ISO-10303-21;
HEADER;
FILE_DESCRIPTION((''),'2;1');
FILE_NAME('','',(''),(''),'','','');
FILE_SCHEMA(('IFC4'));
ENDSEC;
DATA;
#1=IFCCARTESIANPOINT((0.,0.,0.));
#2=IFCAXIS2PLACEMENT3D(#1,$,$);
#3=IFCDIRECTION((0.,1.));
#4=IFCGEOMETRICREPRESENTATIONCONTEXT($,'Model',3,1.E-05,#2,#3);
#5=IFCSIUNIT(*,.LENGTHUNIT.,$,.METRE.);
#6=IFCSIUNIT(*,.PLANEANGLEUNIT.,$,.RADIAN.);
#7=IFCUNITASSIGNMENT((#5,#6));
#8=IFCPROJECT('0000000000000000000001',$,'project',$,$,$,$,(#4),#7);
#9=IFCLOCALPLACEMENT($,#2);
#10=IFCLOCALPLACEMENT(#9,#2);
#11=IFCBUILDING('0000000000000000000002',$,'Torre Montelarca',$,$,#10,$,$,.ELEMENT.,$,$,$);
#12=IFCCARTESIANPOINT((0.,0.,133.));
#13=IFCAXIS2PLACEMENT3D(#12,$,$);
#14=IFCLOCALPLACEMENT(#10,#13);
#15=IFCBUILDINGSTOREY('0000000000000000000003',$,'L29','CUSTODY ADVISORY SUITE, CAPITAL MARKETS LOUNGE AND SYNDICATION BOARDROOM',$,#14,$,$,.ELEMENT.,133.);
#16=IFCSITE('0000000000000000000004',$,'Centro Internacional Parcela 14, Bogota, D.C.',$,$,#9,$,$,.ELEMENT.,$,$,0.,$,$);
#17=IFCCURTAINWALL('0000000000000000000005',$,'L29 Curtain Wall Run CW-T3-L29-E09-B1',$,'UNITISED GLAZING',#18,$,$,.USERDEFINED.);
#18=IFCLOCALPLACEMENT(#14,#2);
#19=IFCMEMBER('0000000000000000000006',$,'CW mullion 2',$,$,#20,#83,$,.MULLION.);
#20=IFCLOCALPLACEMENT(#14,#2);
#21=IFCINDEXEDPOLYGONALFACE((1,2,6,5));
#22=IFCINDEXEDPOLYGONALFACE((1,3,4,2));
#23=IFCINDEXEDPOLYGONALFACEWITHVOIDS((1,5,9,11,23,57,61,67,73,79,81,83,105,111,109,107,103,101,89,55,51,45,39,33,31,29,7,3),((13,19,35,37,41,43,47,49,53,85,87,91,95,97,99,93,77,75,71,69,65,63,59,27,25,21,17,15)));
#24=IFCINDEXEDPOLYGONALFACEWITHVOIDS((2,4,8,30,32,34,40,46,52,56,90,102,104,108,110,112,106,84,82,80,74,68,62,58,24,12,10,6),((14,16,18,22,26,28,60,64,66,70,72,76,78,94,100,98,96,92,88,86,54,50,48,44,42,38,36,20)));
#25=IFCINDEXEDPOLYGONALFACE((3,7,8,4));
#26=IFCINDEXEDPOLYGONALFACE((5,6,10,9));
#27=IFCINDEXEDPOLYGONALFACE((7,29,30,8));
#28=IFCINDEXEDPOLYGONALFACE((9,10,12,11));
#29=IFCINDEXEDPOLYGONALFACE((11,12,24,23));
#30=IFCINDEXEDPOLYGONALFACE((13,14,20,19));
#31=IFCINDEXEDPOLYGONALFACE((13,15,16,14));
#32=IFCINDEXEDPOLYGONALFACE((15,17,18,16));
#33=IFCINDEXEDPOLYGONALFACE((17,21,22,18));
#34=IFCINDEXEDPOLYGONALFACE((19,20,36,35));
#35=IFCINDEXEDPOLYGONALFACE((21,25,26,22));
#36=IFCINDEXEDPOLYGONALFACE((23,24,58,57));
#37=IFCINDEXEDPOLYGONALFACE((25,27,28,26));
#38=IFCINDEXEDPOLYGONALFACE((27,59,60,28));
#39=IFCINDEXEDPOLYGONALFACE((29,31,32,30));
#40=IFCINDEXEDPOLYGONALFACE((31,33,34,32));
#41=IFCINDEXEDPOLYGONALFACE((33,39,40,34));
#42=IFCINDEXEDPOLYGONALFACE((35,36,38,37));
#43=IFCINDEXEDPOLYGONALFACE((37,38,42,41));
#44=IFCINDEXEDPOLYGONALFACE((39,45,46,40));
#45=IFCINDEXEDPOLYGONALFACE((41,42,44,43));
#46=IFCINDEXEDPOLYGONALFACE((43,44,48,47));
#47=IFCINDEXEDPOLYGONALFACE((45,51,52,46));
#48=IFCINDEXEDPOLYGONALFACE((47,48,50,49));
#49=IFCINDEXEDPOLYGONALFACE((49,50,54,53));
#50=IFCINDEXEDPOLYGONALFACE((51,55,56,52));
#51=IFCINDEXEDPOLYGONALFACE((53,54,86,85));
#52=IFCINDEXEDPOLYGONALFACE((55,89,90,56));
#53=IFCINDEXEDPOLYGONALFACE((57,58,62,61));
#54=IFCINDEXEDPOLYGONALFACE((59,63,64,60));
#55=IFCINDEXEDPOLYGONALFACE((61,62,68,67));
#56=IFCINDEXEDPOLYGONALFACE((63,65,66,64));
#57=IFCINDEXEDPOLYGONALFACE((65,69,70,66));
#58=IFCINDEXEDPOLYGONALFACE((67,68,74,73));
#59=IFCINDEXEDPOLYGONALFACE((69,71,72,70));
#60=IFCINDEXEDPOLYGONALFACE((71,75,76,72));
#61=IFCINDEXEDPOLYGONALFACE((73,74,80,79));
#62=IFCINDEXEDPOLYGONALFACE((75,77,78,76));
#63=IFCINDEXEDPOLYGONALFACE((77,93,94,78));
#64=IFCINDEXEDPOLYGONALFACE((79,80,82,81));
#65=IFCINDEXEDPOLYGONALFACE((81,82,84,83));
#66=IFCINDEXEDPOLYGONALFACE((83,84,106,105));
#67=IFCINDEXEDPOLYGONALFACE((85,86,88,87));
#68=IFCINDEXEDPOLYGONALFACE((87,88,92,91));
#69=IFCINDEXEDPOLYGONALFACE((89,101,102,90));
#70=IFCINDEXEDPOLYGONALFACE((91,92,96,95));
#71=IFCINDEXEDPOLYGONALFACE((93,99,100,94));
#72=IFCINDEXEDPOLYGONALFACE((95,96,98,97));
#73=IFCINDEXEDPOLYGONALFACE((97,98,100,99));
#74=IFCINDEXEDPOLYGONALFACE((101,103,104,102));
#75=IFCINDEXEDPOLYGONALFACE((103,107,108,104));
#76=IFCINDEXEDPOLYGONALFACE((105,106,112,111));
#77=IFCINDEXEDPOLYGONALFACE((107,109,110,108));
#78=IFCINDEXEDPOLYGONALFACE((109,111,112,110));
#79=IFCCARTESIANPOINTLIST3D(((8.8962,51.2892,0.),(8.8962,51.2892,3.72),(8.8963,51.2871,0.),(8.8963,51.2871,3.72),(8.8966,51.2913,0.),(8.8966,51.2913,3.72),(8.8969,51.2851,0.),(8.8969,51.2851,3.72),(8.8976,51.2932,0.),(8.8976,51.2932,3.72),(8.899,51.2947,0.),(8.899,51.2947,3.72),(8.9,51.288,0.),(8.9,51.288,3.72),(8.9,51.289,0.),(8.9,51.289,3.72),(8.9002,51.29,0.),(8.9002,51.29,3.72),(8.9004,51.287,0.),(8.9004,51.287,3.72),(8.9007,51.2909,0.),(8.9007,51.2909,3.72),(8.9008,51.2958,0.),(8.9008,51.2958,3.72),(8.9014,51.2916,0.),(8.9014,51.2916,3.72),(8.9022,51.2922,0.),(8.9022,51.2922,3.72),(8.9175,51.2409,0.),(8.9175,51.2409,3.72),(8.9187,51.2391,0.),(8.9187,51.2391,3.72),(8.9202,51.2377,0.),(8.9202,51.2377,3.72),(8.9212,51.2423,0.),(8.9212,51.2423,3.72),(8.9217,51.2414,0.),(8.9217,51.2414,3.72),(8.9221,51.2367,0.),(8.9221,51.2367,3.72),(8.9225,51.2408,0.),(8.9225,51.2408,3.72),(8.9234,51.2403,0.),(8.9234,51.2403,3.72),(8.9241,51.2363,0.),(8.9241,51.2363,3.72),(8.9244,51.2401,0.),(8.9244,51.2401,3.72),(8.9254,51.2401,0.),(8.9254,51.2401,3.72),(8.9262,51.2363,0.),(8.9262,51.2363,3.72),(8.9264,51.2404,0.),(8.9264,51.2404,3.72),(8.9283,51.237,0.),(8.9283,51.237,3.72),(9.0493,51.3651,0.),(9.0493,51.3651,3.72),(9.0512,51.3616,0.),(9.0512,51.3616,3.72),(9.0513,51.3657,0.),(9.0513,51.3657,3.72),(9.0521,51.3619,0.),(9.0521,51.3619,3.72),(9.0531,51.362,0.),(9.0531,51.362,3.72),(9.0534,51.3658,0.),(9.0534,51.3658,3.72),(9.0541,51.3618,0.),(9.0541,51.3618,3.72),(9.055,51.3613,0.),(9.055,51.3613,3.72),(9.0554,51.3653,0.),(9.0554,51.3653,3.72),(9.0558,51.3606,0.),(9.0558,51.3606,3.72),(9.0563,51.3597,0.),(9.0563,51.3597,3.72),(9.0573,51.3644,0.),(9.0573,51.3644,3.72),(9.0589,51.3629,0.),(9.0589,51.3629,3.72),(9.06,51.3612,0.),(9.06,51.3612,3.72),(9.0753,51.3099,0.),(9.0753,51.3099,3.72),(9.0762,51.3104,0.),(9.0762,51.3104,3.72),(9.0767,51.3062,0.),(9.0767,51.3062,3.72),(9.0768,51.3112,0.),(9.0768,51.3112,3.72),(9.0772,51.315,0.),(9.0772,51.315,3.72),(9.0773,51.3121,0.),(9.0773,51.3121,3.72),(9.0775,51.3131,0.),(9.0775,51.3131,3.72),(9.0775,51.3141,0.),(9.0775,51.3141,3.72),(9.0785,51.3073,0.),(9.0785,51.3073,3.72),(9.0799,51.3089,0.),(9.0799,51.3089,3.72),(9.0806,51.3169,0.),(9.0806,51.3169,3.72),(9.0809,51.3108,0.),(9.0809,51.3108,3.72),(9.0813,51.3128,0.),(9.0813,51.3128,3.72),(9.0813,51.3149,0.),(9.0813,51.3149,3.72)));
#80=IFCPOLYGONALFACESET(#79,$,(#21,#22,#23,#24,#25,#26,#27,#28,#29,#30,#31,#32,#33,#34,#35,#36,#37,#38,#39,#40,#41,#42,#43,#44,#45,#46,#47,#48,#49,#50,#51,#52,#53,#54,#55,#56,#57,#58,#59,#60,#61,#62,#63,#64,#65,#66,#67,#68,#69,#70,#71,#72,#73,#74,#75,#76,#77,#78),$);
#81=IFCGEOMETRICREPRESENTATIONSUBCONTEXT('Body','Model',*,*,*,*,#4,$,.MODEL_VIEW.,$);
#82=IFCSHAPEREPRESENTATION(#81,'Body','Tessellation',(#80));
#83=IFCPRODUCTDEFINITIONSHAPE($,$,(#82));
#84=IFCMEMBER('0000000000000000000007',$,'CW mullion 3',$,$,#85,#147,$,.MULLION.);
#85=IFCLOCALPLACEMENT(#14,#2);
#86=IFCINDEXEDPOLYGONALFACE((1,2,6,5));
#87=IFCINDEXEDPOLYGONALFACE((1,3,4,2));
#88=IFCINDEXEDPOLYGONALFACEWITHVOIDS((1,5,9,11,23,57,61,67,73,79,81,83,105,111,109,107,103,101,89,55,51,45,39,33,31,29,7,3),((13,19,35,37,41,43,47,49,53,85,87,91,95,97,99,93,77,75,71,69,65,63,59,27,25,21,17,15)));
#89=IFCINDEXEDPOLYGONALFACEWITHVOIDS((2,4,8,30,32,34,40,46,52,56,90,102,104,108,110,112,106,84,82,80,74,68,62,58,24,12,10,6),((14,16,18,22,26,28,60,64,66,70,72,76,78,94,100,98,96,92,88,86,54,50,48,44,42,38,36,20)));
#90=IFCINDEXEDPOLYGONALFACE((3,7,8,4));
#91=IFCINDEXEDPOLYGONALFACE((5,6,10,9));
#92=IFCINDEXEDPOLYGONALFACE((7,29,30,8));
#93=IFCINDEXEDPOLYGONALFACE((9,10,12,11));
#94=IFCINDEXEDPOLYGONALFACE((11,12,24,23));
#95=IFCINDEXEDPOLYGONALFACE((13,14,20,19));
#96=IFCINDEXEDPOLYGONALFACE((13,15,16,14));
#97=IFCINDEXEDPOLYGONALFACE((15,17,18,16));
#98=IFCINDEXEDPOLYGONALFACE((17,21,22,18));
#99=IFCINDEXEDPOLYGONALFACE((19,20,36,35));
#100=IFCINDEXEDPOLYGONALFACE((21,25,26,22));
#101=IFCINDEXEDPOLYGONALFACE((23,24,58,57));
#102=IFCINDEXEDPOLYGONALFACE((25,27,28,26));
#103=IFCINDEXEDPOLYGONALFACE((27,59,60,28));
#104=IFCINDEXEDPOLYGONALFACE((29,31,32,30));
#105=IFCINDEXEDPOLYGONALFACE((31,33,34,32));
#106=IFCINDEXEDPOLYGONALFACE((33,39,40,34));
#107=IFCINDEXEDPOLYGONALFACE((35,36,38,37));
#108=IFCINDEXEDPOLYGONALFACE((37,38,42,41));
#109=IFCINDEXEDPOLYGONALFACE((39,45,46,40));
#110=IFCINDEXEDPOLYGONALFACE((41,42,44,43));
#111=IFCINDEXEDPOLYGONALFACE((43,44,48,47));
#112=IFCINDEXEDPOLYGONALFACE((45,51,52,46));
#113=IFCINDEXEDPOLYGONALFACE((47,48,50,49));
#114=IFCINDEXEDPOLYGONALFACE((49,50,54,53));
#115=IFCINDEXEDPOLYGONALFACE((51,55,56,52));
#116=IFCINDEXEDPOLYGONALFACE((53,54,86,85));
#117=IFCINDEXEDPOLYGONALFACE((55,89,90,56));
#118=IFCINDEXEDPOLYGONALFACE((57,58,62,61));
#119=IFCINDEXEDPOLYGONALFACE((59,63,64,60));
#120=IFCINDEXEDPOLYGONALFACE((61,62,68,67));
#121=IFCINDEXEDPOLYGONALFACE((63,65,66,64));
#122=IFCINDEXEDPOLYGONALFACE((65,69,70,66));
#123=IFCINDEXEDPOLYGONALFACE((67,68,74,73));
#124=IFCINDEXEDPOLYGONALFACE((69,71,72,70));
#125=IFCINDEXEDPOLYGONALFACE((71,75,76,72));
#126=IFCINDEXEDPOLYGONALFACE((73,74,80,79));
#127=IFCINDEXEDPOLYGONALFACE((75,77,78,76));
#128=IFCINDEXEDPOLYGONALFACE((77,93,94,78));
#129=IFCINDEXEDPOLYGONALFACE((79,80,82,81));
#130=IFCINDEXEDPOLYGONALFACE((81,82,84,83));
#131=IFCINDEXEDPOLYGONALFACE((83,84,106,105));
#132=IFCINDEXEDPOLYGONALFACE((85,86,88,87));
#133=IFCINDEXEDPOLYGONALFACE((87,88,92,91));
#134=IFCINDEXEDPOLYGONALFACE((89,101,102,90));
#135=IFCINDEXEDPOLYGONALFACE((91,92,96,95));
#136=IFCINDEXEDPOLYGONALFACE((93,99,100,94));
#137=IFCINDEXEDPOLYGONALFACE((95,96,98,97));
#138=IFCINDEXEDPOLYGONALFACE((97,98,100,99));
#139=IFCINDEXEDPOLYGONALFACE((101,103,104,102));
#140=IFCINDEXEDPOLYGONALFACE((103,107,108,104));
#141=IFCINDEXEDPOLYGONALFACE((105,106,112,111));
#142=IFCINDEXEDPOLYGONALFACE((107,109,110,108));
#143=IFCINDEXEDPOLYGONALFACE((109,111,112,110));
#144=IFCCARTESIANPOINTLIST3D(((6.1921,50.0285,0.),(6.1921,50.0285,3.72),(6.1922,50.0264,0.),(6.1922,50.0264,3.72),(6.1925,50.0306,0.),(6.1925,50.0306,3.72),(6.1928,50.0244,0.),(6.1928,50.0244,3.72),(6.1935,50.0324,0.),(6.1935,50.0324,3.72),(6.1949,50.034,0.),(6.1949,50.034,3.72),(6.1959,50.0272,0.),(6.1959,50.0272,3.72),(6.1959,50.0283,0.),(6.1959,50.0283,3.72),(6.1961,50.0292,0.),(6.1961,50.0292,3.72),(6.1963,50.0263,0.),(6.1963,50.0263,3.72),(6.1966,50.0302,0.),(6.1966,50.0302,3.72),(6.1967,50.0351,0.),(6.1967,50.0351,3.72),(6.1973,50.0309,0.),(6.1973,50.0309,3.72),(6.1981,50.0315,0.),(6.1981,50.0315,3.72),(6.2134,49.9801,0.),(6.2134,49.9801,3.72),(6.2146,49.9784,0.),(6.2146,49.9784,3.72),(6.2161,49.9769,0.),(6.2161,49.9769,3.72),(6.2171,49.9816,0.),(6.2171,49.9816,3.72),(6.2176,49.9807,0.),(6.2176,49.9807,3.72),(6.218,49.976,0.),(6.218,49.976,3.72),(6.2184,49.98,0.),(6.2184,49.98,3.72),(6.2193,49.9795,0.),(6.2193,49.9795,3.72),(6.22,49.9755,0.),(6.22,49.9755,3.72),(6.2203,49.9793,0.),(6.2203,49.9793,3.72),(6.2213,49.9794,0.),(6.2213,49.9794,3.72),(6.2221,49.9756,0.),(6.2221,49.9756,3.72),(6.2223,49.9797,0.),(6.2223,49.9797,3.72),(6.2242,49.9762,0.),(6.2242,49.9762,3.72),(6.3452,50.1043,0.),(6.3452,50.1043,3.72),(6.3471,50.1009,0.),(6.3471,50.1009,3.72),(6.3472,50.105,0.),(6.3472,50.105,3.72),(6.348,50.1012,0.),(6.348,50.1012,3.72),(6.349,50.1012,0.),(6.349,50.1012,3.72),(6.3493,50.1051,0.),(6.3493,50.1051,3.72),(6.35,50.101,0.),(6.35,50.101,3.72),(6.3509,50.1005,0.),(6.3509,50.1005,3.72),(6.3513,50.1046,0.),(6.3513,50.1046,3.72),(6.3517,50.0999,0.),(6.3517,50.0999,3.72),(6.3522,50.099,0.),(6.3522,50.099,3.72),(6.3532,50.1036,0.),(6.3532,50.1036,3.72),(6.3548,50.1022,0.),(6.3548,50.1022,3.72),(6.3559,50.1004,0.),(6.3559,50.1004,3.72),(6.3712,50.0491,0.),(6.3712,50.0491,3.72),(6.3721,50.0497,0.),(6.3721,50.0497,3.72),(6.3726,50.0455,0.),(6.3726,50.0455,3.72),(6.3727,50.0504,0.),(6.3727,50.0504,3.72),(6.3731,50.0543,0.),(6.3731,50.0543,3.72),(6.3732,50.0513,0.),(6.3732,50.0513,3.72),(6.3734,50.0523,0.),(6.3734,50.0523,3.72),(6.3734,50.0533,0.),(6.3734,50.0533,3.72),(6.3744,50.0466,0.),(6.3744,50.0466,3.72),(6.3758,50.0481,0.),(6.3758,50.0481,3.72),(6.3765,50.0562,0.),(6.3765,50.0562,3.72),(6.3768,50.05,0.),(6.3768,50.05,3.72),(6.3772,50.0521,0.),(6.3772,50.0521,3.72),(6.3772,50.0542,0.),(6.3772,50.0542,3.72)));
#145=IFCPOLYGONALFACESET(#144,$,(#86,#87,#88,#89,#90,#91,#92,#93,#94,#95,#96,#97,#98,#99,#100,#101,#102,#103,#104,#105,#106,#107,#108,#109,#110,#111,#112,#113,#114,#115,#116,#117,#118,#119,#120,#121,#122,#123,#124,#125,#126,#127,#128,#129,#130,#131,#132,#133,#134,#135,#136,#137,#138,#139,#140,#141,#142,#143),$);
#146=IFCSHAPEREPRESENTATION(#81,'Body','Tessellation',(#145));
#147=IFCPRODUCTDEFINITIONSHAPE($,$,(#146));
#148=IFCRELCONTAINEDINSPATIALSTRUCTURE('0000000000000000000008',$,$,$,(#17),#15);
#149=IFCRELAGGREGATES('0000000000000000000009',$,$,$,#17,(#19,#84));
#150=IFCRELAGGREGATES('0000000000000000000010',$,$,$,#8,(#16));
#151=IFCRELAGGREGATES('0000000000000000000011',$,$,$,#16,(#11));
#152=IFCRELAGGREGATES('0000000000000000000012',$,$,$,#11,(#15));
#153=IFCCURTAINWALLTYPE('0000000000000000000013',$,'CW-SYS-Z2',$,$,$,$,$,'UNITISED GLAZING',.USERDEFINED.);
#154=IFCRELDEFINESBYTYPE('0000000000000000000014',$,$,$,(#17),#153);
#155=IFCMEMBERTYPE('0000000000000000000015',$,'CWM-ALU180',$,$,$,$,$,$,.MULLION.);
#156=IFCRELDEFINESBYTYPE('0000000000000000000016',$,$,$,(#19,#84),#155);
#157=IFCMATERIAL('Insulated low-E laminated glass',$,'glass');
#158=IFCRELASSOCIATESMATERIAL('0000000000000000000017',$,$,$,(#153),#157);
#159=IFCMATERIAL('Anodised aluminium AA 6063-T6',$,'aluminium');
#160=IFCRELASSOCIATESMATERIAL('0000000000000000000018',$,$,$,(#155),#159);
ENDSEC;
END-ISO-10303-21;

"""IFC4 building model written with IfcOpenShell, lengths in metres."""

from ifc_helpers import new_model, si_unit, direction, frame, origin, origin_2d, place, context, subcontext, project, spatial, hollow_rectangle, extrude, source, transform, mapped, material, material_profile, profile_set, type_object, element, aggregate, save


model = new_model("IFC4")

# Units and contexts
model_context = context("Model", 3, precision=1e-05, world=origin(), true_north=direction((0.0, 1.0)))
body_context = subcontext(model_context, "Body", "Model", "MODEL_VIEW")
ifc_project = project(units=[si_unit("LENGTHUNIT", "METRE"), si_unit("PLANEANGLEUNIT", "RADIAN")], contexts=[model_context])

# Site, building, storey
site_placement = place(None, origin())
site = spatial("IfcSite", under=ifc_project, at=site_placement, Name="Centro Internacional Parcela 14, Bogota, D.C.", CompositionType="ELEMENT", RefElevation=0.0)
building_placement = place(site_placement, origin())
building = spatial("IfcBuilding", under=site, at=building_placement, Name="Torre Montelarca", CompositionType="ELEMENT")
storey_placement = place(building_placement, frame((0.0, 0.0, 133.0)))
storey = spatial("IfcBuildingStorey", under=building, at=storey_placement, Name="L29", Description="CUSTODY ADVISORY SUITE, CAPITAL MARKETS LOUNGE AND SYNDICATION BOARDROOM", CompositionType="ELEMENT", Elevation=133.0)

# Curtain wall
ifc_material_1 = material(Name="Insulated low-E laminated glass", Category="glass")
curtain_wall_type = type_object("IfcCurtainWallType", Name="CW-SYS-Z2", ElementType="UNITISED GLAZING", PredefinedType="USERDEFINED", material=ifc_material_1)
curtain_wall_1_placement = place(storey_placement, origin())
curtain_wall_1 = element("IfcCurtainWall", 1, at=curtain_wall_1_placement, inside=storey, type_object=curtain_wall_type, Name="L29 Curtain Wall Run CW-T3-L29-E09-B1", ObjectType="UNITISED GLAZING", PredefinedType="USERDEFINED")
ifc_material_2 = material(Name="Anodised aluminium AA 6063-T6", Category="aluminium")
ifc_material_profile_1 = material_profile(ifc_material_2, hollow_rectangle(XDim=0.0649, YDim=0.1799, WallThickness=0.0039, InnerFilletRadius=0.0039, OuterFilletRadius=0.0081, at=origin_2d()), Name="ALU65X180X4", Category="aluminium")
ifc_profile_set_1 = profile_set([ifc_material_profile_1], Name="Anodised aluminium AA 6063-T6")
member_type_1 = type_object("IfcMemberType", Name="CWM-ALU180", PredefinedType="MULLION", material=ifc_profile_set_1)
shared_shape_1 = source(origin(), body_context, "Body", "SweptSolid", [
    extrude(hollow_rectangle(XDim=0.0649, YDim=0.1799, WallThickness=0.0039, InnerFilletRadius=0.0039, OuterFilletRadius=0.0081, at=origin_2d()), origin(), (0.0, 0.0, 1.0), 3.72),
])

# Members
member_1_placement = place(storey_placement, frame((8.9888, 51.301, 0.0), z_axis=(0.0, 0.0, 1.0), x_axis=(0.422598, -0.906317, 0.0)))
member_1 = element("IfcMember", 2, at=member_1_placement, type_object=member_type_1, Name="CW mullion 2", PredefinedType="MULLION", context=body_context, shape_type="MappedRepresentation", body=[
    mapped(shared_shape_1, transform((0.0, 0.0, 0.0), scale=1.0)),
])
member_2_placement = place(storey_placement, frame((6.2847, 50.0403, 0.0), z_axis=(0.0, 0.0, 1.0), x_axis=(0.422598, -0.906317, 0.0)))
member_2 = element("IfcMember", 3, at=member_2_placement, type_object=member_type_1, Name="CW mullion 3", PredefinedType="MULLION", context=body_context, shape_type="MappedRepresentation", body=[
    mapped(shared_shape_1, transform((0.0, 0.0, 0.0), scale=1.0)),
])

aggregate(curtain_wall_1, [member_1, member_2])

save(model, "model.ifc")
